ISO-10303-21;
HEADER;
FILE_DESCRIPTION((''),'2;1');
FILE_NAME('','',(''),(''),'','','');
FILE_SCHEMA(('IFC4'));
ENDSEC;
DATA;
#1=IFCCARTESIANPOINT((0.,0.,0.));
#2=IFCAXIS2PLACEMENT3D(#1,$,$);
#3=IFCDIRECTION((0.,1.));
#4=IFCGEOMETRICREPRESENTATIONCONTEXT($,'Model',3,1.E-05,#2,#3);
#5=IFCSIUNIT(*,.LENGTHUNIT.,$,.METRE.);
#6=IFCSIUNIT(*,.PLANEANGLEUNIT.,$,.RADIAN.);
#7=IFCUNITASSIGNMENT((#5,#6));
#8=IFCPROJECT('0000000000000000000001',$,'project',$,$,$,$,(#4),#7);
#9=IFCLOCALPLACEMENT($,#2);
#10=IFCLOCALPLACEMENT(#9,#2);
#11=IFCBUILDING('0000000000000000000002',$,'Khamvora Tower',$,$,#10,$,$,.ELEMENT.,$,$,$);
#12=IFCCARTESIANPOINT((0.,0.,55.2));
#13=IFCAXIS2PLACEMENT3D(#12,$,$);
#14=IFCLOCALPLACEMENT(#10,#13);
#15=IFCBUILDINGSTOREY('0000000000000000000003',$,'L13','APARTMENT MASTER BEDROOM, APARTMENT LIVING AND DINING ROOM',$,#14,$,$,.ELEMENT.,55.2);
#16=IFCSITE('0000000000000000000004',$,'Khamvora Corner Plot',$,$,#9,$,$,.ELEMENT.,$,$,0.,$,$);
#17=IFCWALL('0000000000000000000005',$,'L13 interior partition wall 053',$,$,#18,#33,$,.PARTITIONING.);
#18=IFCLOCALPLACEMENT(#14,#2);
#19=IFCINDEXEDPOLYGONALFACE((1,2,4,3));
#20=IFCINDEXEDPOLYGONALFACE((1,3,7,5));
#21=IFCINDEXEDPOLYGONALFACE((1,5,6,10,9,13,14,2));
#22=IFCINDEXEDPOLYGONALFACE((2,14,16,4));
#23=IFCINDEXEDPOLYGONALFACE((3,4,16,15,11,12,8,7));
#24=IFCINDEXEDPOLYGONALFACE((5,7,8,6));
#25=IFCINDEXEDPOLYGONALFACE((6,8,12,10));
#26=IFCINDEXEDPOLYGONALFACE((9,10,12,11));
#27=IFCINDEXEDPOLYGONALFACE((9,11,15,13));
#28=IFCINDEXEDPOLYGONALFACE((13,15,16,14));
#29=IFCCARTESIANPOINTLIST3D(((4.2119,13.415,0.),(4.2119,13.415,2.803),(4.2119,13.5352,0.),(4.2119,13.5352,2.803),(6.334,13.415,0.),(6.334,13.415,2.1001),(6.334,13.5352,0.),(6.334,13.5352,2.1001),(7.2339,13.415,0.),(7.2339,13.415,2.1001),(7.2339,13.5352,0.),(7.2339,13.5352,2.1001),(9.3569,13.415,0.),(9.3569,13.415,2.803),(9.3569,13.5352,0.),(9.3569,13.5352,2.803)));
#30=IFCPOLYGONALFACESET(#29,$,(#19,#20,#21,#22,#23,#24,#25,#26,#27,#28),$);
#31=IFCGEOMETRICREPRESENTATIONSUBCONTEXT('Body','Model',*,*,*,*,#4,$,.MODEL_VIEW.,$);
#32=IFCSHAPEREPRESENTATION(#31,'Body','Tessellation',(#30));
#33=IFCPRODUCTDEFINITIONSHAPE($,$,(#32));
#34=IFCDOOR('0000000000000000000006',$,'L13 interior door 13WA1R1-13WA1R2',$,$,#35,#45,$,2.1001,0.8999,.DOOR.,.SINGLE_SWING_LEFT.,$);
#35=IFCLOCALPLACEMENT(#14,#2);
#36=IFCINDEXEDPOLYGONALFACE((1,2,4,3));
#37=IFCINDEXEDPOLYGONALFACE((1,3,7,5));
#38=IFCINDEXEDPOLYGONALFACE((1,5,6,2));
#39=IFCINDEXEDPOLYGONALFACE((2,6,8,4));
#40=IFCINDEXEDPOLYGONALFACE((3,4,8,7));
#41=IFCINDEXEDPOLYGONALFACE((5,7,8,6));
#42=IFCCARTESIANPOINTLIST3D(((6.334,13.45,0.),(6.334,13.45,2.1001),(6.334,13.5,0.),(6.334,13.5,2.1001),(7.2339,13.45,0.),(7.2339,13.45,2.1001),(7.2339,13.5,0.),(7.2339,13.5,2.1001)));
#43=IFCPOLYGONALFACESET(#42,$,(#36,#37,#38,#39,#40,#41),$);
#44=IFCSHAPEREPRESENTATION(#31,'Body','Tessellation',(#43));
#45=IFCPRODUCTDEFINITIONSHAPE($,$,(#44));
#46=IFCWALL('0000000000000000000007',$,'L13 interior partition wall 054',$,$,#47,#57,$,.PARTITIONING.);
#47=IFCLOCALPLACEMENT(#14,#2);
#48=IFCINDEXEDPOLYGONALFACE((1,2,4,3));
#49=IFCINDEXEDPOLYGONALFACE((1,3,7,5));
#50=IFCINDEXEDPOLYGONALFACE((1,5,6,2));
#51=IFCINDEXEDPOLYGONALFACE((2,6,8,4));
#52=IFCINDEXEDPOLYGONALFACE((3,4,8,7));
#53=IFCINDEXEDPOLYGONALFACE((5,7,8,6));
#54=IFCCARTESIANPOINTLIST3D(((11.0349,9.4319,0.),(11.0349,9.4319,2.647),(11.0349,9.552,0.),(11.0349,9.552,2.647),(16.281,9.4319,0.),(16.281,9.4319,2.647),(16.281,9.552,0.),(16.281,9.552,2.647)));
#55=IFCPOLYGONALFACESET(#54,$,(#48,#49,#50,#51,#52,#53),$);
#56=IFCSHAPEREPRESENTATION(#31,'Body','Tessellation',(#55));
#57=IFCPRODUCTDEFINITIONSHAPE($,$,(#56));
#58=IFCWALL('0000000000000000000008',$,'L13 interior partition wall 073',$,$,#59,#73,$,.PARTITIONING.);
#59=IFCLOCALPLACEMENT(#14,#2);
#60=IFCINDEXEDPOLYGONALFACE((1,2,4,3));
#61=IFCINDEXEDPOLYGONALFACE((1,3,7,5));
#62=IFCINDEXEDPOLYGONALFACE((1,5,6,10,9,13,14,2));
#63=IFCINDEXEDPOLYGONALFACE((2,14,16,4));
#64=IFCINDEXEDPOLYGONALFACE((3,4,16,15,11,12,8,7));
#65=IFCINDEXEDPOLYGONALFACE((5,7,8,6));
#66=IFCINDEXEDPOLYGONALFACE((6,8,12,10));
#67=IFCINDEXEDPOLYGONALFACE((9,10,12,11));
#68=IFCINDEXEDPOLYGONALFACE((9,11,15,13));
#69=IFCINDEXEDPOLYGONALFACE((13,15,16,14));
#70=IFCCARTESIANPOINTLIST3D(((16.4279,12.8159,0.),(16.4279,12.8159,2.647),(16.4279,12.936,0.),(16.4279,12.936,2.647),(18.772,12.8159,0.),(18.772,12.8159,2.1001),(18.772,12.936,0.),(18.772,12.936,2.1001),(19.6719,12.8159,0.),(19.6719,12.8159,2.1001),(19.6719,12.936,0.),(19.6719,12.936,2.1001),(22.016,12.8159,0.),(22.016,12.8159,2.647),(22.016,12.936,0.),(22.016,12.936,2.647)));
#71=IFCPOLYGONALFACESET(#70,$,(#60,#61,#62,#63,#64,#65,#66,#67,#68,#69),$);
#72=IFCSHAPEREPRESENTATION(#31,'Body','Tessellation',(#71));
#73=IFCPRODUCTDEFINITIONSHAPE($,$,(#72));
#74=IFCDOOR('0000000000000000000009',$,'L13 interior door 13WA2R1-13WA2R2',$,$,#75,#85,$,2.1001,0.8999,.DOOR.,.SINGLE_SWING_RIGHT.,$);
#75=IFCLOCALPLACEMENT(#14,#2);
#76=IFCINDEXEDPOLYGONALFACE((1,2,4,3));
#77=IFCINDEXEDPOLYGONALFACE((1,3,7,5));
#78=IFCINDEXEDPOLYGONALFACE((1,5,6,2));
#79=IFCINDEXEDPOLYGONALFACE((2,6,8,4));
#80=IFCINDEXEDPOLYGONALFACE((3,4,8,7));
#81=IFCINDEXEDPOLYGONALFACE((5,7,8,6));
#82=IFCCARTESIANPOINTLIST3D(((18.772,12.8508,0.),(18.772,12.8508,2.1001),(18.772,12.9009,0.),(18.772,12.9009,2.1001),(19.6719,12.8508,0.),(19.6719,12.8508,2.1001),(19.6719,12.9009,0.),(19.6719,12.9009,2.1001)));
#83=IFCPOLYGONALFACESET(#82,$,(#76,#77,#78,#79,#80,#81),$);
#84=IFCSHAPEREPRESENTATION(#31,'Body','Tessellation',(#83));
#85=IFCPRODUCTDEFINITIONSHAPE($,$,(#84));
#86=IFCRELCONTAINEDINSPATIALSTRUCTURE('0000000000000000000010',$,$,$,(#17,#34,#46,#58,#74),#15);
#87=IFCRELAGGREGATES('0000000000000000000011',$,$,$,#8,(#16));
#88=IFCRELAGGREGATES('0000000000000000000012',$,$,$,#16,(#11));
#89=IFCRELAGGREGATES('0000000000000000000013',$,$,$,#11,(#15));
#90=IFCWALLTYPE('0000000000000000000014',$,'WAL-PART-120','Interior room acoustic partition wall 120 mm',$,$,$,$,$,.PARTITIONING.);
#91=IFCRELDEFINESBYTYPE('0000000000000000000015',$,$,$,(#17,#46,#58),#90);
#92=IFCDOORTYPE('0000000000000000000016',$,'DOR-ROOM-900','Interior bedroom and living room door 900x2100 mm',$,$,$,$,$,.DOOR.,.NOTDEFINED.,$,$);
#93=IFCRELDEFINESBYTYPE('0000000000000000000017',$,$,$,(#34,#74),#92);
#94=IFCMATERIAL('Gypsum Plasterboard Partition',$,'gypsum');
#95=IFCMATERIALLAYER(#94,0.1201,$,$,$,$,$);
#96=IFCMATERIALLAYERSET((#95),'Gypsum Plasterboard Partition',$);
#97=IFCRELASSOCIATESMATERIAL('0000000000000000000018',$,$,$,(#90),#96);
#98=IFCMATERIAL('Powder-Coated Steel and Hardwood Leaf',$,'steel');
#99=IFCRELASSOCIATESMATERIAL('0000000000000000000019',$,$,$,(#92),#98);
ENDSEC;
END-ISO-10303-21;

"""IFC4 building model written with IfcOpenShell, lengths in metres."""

from ifc_helpers import new_model, si_unit, direction, frame, frame_2d, origin, place, context, subcontext, project, spatial, rectangle, extrude, material, layer, layer_set, type_object, element, fill, save


model = new_model("IFC4")

# Units and contexts
model_context = context("Model", 3, precision=1e-05, world=origin(), true_north=direction((0.0, 1.0)))
body_context = subcontext(model_context, "Body", "Model", "MODEL_VIEW")
ifc_project = project(units=[si_unit("LENGTHUNIT", "METRE"), si_unit("PLANEANGLEUNIT", "RADIAN")], contexts=[model_context])

# Site, building, storey
site_placement = place(None, origin())
site = spatial("IfcSite", under=ifc_project, at=site_placement, Name="Khamvora Corner Plot", CompositionType="ELEMENT", RefElevation=0.0)
building_placement = place(site_placement, origin())
building = spatial("IfcBuilding", under=site, at=building_placement, Name="Khamvora Tower", CompositionType="ELEMENT")
storey_placement = place(building_placement, frame((0.0, 0.0, 55.2)))
storey = spatial("IfcBuildingStorey", under=building, at=storey_placement, Name="L13", Description="APARTMENT MASTER BEDROOM, APARTMENT LIVING AND DINING ROOM", CompositionType="ELEMENT", Elevation=55.2)

# Wall, opening, door
ifc_material_1 = material(Name="Gypsum Plasterboard Partition", Category="gypsum")
ifc_layer_1 = layer(ifc_material_1, 0.1201)
ifc_layer_set_1 = layer_set([ifc_layer_1], Name="Gypsum Plasterboard Partition")
wall_type_1 = type_object("IfcWallType", Name="WAL-PART-120", Description="Interior room acoustic partition wall 120 mm", PredefinedType="PARTITIONING", material=ifc_layer_set_1)
ifc_material_2 = material(Name="Powder-Coated Steel and Hardwood Leaf", Category="steel")
door_type = type_object("IfcDoorType", Name="DOR-ROOM-900", Description="Interior bedroom and living room door 900x2100 mm", OperationType="NOTDEFINED", PredefinedType="DOOR", material=ifc_material_2)
wall_1_placement = place(storey_placement, frame((4.2119, 13.4751, 0.0), z_axis=(0.0, 0.0, 1.0), x_axis=(1.0, 0.0, 0.0)))
wall_1 = element("IfcWall", 1, at=wall_1_placement, inside=storey, type_object=wall_type_1, Name="L13 interior partition wall 053", PredefinedType="PARTITIONING", context=body_context, shape_type="SweptSolid", body=[
    extrude(rectangle(XDim=5.145, YDim=0.1201, at=frame_2d((2.5725, 0.0))), origin(), (0.0, 0.0, 1.0), 2.803),
])
opening_1_placement = place(wall_1_placement, frame((2.1221, 0.0, 0.0)))
opening_1 = element("IfcOpeningElement", 2, at=opening_1_placement, cuts=wall_1, PredefinedType="OPENING", context=body_context, shape_type="SweptSolid", body=[
    extrude(rectangle(XDim=0.8999, YDim=2.1001, at=frame_2d((0.45, 1.05))), frame((0.0, 0.0701, 0.0), z_axis=(0.0, -1.0, 0.0), x_axis=(1.0, 0.0, 0.0)), (0.0, 0.0, 1.0), 0.1401),
])
door_1_placement = place(opening_1_placement, origin())
door_1 = element("IfcDoor", 3, at=door_1_placement, inside=storey, type_object=door_type, Name="L13 interior door 13WA1R1-13WA1R2", OperationType="SINGLE_SWING_LEFT", OverallHeight=2.1001, OverallWidth=0.8999, PredefinedType="DOOR", context=body_context, shape_type="SweptSolid", body=[
    extrude(rectangle(XDim=0.8999, YDim=2.1001, at=frame_2d((0.45, 1.05))), frame((0.0, 0.0249, 0.0), z_axis=(0.0, -1.0, 0.0), x_axis=(1.0, 0.0, 0.0)), (0.0, 0.0, 1.0), 0.05),
])
fill(opening_1, door_1)

# Wall
wall_2_placement = place(storey_placement, frame((11.0349, 9.4919, 0.0), z_axis=(0.0, 0.0, 1.0), x_axis=(1.0, 0.0, 0.0)))
element("IfcWall", 4, at=wall_2_placement, inside=storey, type_object=wall_type_1, Name="L13 interior partition wall 054", PredefinedType="PARTITIONING", context=body_context, shape_type="SweptSolid", body=[
    extrude(rectangle(XDim=5.2461, YDim=0.1201, at=frame_2d((2.623, 0.0))), origin(), (0.0, 0.0, 1.0), 2.647),
])

# Wall, opening, door
wall_3_placement = place(storey_placement, frame((16.428, 12.876, 0.0), z_axis=(0.0, 0.0, 1.0), x_axis=(1.0, 0.0, 0.0)))
wall_3 = element("IfcWall", 5, at=wall_3_placement, inside=storey, type_object=wall_type_1, Name="L13 interior partition wall 073", PredefinedType="PARTITIONING", context=body_context, shape_type="SweptSolid", body=[
    extrude(rectangle(XDim=5.5881, YDim=0.1201, at=frame_2d((2.7939, 0.0))), origin(), (0.0, 0.0, 1.0), 2.647),
])
opening_2_placement = place(wall_3_placement, frame((2.344, 0.0, 0.0)))
opening_2 = element("IfcOpeningElement", 6, at=opening_2_placement, cuts=wall_3, PredefinedType="OPENING", context=body_context, shape_type="SweptSolid", body=[
    extrude(rectangle(XDim=0.8999, YDim=2.1001, at=frame_2d((0.45, 1.05))), frame((0.0, 0.0701, 0.0), z_axis=(0.0, -1.0, 0.0), x_axis=(1.0, 0.0, 0.0)), (0.0, 0.0, 1.0), 0.1401),
])
door_2_placement = place(opening_2_placement, origin())
door_2 = element("IfcDoor", 7, at=door_2_placement, inside=storey, type_object=door_type, Name="L13 interior door 13WA2R1-13WA2R2", OperationType="SINGLE_SWING_RIGHT", OverallHeight=2.1001, OverallWidth=0.8999, PredefinedType="DOOR", context=body_context, shape_type="SweptSolid", body=[
    extrude(rectangle(XDim=0.8999, YDim=2.1001, at=frame_2d((0.45, 1.05))), frame((0.0, 0.0249, 0.0), z_axis=(0.0, -1.0, 0.0), x_axis=(1.0, 0.0, 0.0)), (0.0, 0.0, 1.0), 0.05),
])
fill(opening_2, door_2)

save(model, "model.ifc")
